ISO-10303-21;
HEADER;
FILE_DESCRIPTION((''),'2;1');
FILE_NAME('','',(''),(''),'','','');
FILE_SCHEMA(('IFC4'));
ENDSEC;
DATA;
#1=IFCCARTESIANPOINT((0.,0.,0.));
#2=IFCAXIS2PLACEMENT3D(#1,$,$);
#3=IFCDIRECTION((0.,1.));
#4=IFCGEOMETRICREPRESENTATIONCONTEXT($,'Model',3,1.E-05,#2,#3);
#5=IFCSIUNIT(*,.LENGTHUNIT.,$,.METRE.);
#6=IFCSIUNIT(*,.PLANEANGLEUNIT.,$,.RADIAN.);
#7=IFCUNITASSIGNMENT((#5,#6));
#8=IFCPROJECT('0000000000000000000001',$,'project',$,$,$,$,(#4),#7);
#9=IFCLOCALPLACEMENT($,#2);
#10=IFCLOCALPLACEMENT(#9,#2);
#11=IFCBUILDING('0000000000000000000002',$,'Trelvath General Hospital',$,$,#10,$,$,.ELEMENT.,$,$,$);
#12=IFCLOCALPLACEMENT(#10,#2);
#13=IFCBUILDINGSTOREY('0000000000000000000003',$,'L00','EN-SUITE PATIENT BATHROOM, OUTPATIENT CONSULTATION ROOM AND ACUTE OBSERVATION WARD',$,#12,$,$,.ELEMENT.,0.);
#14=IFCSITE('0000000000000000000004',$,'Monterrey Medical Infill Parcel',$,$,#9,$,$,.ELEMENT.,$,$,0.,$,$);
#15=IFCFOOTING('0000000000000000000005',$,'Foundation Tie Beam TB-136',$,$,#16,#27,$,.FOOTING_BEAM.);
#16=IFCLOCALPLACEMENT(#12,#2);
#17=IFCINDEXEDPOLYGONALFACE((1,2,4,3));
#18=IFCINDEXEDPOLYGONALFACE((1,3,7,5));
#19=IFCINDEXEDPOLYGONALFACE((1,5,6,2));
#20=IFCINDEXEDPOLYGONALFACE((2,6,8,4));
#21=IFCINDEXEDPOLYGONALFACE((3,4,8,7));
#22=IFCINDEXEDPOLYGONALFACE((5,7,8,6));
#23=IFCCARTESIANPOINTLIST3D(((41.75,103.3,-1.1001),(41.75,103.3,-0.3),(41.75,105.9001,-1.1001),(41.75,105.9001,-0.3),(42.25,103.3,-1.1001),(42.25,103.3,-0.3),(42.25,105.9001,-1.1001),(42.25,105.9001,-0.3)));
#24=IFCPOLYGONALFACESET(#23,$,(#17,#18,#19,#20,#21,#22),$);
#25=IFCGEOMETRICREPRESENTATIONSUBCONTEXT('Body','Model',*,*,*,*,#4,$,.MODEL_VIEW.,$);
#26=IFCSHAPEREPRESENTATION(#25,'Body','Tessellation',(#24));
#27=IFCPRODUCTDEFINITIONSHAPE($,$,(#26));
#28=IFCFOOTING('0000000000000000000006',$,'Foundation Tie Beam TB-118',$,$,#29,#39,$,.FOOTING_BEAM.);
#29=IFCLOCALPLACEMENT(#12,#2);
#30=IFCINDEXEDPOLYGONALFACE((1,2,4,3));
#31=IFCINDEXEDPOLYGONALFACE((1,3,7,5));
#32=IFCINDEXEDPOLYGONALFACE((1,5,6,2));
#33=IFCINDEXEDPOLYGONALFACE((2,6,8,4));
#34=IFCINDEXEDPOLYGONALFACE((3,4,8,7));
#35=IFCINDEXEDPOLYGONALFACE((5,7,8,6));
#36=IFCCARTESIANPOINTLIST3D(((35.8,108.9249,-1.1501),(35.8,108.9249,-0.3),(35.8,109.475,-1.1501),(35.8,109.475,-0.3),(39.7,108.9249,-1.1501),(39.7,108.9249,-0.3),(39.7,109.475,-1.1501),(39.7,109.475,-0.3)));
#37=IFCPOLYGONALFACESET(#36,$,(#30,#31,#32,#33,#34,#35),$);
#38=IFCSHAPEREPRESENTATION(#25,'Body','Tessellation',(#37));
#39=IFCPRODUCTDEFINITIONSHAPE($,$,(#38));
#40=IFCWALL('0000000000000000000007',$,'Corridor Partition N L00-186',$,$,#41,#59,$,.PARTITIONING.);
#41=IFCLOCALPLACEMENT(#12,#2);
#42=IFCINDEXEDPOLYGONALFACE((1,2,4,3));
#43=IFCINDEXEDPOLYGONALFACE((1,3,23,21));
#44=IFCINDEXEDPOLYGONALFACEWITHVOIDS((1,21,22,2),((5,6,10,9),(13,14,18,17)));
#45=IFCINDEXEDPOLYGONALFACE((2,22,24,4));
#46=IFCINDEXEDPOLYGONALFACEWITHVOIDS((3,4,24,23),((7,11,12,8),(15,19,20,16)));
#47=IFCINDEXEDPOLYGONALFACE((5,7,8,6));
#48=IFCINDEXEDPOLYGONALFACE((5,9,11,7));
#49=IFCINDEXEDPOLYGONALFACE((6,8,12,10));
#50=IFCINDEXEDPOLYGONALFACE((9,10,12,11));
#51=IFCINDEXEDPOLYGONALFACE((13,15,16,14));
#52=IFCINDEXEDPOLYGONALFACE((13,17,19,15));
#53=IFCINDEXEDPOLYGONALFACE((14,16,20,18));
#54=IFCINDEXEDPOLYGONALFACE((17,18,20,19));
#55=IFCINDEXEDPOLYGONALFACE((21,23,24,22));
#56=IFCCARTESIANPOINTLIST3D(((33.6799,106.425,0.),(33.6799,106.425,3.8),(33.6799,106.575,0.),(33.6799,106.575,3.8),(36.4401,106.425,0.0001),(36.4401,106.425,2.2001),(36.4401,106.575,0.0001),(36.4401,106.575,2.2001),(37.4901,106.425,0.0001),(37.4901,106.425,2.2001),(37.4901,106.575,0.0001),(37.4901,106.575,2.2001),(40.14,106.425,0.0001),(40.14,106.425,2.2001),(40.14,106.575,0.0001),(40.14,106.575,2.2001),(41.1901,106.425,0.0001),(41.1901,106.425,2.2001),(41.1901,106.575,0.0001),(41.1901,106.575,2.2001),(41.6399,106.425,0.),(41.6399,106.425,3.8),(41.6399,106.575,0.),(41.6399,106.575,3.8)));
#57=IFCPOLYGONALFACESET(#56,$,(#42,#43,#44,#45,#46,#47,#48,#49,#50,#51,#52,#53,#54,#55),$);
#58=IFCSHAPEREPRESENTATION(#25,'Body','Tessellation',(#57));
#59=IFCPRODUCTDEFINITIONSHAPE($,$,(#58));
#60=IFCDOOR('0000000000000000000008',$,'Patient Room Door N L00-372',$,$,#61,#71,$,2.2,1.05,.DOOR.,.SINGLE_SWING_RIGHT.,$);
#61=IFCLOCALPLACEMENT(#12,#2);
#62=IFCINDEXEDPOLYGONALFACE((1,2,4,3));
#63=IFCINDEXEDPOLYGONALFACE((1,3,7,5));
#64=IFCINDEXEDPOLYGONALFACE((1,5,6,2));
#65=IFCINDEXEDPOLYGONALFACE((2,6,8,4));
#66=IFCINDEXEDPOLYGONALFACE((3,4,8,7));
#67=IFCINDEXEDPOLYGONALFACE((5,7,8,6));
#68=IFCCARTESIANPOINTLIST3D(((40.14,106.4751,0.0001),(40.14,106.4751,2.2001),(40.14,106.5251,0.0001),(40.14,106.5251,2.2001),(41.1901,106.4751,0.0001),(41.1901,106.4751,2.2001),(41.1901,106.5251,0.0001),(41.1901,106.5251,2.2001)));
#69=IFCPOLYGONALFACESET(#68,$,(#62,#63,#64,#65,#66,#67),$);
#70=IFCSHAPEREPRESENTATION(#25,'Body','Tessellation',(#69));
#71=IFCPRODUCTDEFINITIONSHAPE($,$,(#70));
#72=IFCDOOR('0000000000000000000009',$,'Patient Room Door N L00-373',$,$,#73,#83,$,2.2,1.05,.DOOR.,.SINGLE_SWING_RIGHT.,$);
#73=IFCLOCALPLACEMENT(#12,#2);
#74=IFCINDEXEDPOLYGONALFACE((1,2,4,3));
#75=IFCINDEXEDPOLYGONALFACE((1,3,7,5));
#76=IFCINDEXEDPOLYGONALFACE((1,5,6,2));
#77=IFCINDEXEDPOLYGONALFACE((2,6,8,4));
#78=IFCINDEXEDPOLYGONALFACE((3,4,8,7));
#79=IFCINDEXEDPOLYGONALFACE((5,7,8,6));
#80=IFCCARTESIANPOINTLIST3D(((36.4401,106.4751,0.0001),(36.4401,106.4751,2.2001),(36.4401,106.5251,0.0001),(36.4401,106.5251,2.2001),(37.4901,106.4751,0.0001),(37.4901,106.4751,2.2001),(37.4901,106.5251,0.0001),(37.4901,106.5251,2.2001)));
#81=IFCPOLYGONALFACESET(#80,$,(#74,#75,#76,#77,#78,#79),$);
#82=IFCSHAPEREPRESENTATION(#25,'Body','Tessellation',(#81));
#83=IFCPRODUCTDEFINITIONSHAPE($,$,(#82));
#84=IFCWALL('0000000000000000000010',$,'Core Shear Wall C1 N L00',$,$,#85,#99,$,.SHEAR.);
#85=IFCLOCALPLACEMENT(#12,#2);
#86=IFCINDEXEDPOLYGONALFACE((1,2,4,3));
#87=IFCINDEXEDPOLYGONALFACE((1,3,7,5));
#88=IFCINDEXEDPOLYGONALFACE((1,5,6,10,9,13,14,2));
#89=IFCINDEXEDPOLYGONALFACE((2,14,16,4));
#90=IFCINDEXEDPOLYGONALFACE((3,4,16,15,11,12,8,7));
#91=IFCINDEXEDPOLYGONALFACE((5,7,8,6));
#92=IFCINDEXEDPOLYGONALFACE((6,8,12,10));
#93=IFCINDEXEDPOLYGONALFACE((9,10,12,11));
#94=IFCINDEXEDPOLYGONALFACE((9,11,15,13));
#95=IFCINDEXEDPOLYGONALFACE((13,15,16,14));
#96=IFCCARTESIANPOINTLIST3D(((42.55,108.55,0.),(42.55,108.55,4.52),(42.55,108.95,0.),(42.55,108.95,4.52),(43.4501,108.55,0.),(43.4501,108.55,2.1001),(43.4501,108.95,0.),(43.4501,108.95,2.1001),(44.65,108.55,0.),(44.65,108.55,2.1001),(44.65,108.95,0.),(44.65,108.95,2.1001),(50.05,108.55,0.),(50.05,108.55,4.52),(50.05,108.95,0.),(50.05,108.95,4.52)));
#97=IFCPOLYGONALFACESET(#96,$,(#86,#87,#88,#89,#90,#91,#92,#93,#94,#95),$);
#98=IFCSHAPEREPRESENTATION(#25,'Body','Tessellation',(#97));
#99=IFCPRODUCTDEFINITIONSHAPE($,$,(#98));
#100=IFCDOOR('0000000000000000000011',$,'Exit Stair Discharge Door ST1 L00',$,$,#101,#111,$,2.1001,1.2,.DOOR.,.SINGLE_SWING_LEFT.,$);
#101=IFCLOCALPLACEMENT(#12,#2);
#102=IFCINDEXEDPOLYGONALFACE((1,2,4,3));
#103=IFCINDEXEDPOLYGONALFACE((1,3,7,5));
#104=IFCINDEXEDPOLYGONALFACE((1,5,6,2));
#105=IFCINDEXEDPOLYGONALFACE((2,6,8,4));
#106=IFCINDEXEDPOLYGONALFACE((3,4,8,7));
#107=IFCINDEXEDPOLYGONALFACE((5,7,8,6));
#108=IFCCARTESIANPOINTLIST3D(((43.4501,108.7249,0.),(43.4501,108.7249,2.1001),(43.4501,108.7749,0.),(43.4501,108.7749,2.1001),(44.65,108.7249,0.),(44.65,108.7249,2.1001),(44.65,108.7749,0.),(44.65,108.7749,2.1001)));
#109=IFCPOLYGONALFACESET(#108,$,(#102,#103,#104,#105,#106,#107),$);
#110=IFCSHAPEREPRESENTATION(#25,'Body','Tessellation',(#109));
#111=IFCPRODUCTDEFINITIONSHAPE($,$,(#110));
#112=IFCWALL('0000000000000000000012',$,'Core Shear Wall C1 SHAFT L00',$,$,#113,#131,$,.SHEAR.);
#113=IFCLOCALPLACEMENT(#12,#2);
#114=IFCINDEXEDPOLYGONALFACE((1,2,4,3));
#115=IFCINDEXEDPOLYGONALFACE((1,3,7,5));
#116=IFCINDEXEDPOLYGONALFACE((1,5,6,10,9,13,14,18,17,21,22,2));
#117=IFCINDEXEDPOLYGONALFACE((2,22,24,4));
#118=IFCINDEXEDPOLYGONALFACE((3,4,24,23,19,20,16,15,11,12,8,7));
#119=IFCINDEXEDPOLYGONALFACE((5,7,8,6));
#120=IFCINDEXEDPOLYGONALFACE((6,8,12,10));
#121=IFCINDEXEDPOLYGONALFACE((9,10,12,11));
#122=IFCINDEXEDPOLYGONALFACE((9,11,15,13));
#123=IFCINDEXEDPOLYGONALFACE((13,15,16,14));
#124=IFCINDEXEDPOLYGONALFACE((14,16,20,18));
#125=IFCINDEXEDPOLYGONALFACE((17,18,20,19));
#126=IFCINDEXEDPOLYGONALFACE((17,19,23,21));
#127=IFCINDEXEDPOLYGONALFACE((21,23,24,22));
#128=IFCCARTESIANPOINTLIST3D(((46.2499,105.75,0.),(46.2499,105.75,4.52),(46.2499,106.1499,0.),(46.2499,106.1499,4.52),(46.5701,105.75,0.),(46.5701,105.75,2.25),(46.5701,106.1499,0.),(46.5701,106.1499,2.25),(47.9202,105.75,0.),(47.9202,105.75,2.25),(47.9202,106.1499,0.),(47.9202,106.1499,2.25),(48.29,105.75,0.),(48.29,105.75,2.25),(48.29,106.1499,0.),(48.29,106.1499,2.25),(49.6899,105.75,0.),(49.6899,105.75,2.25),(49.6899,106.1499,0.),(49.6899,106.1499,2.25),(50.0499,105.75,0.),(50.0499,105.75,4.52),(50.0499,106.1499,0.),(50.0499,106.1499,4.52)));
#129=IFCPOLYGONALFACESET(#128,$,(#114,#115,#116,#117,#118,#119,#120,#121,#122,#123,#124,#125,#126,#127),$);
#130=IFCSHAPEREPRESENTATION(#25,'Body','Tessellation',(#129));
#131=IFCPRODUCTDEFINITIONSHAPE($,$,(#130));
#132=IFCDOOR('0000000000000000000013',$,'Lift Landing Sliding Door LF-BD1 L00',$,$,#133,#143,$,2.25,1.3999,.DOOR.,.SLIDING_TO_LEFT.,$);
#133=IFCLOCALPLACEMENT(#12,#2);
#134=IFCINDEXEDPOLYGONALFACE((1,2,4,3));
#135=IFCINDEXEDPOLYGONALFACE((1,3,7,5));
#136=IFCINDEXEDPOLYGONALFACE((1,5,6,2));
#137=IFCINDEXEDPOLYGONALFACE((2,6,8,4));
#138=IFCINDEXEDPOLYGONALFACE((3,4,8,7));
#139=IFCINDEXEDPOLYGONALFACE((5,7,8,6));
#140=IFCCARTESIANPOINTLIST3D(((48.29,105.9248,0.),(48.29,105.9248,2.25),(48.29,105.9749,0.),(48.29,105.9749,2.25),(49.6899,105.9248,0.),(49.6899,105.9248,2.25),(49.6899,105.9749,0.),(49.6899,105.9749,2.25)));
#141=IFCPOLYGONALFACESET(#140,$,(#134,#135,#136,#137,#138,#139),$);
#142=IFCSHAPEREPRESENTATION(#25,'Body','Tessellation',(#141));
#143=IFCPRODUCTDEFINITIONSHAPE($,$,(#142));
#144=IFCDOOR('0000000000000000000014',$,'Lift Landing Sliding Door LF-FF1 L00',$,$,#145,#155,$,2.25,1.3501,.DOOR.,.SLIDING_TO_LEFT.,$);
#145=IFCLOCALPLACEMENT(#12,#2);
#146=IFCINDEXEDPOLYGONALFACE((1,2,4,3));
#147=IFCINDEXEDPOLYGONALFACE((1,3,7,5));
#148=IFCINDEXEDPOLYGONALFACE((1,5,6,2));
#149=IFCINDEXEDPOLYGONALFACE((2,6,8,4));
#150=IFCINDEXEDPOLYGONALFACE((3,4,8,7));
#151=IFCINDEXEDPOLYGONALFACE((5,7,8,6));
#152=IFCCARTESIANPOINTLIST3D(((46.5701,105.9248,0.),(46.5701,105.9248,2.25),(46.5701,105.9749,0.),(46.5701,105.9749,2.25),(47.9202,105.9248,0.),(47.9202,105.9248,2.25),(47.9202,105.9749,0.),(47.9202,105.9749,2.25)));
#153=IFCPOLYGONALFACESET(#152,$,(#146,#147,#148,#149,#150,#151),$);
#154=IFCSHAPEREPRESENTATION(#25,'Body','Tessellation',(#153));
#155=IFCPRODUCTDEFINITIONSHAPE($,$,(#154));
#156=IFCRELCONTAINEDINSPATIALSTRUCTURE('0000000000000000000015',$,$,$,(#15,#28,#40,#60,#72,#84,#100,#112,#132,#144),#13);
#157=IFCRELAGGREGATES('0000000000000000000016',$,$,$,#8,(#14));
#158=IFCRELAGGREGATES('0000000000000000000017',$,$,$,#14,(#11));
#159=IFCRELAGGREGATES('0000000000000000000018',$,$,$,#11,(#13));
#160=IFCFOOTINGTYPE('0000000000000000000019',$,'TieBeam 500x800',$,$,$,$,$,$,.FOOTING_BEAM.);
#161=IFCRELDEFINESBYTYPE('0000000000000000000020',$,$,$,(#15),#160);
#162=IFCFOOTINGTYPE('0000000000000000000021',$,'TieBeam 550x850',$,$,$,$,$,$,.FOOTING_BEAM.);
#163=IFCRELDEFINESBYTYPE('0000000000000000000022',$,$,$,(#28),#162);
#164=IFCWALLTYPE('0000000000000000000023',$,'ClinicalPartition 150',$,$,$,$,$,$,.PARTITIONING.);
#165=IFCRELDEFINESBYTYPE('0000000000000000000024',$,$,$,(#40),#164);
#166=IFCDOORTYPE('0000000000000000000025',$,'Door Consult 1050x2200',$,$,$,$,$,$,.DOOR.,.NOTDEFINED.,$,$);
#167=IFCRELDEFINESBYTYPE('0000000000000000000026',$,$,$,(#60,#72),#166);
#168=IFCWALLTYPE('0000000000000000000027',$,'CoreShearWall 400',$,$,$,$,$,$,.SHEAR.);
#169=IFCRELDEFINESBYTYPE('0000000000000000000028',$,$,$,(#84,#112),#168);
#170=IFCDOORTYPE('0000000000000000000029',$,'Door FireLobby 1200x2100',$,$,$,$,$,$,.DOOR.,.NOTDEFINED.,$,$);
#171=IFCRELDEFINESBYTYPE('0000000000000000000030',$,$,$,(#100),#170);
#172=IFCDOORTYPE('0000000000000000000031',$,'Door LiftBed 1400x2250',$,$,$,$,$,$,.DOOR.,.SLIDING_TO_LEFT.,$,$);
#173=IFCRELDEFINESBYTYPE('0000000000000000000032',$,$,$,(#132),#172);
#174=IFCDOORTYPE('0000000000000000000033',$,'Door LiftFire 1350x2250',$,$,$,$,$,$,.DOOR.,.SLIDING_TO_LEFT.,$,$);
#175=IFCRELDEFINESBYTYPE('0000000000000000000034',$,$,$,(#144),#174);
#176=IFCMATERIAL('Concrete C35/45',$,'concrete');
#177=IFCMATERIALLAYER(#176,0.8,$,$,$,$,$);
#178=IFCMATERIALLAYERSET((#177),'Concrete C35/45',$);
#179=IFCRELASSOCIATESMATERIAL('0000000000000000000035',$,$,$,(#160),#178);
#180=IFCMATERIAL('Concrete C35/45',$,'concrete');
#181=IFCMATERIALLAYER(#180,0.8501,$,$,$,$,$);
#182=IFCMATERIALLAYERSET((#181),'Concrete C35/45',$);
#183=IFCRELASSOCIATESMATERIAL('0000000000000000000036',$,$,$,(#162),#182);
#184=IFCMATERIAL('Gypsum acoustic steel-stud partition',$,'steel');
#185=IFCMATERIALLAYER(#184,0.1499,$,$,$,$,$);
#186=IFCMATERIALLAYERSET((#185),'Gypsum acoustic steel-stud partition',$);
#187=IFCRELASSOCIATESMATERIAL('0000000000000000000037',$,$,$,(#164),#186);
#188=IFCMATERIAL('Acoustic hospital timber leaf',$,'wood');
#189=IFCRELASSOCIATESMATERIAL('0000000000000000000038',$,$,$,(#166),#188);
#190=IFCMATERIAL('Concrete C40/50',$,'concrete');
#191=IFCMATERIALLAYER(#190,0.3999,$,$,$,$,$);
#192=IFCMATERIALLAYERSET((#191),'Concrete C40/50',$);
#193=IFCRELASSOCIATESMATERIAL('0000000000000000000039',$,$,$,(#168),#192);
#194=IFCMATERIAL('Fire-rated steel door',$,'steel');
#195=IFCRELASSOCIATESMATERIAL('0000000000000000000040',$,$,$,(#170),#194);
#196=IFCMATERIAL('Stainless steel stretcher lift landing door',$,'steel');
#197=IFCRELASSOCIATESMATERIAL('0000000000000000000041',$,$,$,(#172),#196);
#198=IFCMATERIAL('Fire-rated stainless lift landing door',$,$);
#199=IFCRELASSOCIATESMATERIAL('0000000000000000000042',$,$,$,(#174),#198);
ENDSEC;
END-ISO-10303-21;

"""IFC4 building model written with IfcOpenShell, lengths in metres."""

from ifc_helpers import new_model, si_unit, direction, frame, frame_2d, origin, origin_2d, place, context, subcontext, project, spatial, rectangle, extrude, material, layer, layer_set, type_object, element, fill, save


model = new_model("IFC4")

# Units and contexts
model_context = context("Model", 3, precision=1e-05, world=origin(), true_north=direction((0.0, 1.0)))
body_context = subcontext(model_context, "Body", "Model", "MODEL_VIEW")
ifc_project = project(units=[si_unit("LENGTHUNIT", "METRE"), si_unit("PLANEANGLEUNIT", "RADIAN")], contexts=[model_context])

# Site, building, storey
site_placement = place(None, origin())
site = spatial("IfcSite", under=ifc_project, at=site_placement, Name="Monterrey Medical Infill Parcel", CompositionType="ELEMENT", RefElevation=0.0)
building_placement = place(site_placement, origin())
building = spatial("IfcBuilding", under=site, at=building_placement, Name="Trelvath General Hospital", CompositionType="ELEMENT")
storey_placement = place(building_placement, origin())
storey = spatial("IfcBuildingStorey", under=building, at=storey_placement, Name="L00", Description="EN-SUITE PATIENT BATHROOM, OUTPATIENT CONSULTATION ROOM AND ACUTE OBSERVATION WARD", CompositionType="ELEMENT", Elevation=0.0)

# Footings
ifc_material_1 = material(Name="Concrete C35/45", Category="concrete")
ifc_layer_1 = layer(ifc_material_1, 0.8)
ifc_layer_set_1 = layer_set([ifc_layer_1], Name="Concrete C35/45")
footing_type_1 = type_object("IfcFootingType", Name="TieBeam 500x800", PredefinedType="FOOTING_BEAM", material=ifc_layer_set_1)
footing_1_placement = place(storey_placement, frame((42.0, 104.6001, -1.1001), z_axis=(0.0, 0.0, 1.0), x_axis=(1.0, 0.0, 0.0)))
element("IfcFooting", 1, at=footing_1_placement, inside=storey, type_object=footing_type_1, Name="Foundation Tie Beam TB-136", PredefinedType="FOOTING_BEAM", context=body_context, shape_type="SweptSolid", body=[
    extrude(rectangle(XDim=0.5, YDim=2.6001, at=origin_2d()), origin(), (0.0, 0.0, 1.0), 0.8),
])
ifc_material_2 = material(Name="Concrete C35/45", Category="concrete")
ifc_layer_2 = layer(ifc_material_2, 0.8501)
ifc_layer_set_2 = layer_set([ifc_layer_2], Name="Concrete C35/45")
footing_type_2 = type_object("IfcFootingType", Name="TieBeam 550x850", PredefinedType="FOOTING_BEAM", material=ifc_layer_set_2)
footing_2_placement = place(storey_placement, frame((37.75, 109.2, -1.1501), z_axis=(0.0, 0.0, 1.0), x_axis=(1.0, 0.0, 0.0)))
element("IfcFooting", 2, at=footing_2_placement, inside=storey, type_object=footing_type_2, Name="Foundation Tie Beam TB-118", PredefinedType="FOOTING_BEAM", context=body_context, shape_type="SweptSolid", body=[
    extrude(rectangle(XDim=3.8999, YDim=0.55, at=origin_2d()), origin(), (0.0, 0.0, 1.0), 0.8501),
])

# Wall, openings, doors
ifc_material_3 = material(Name="Gypsum acoustic steel-stud partition", Category="steel")
ifc_layer_3 = layer(ifc_material_3, 0.1499)
ifc_layer_set_3 = layer_set([ifc_layer_3], Name="Gypsum acoustic steel-stud partition")
wall_type_1 = type_object("IfcWallType", Name="ClinicalPartition 150", PredefinedType="PARTITIONING", material=ifc_layer_set_3)
wall_1_placement = place(storey_placement, frame((41.6399, 106.5, 0.0), z_axis=(0.0, 0.0, 1.0), x_axis=(-1.0, 0.0, 0.0)))
wall_1 = element("IfcWall", 3, at=wall_1_placement, inside=storey, type_object=wall_type_1, Name="Corridor Partition N L00-186", PredefinedType="PARTITIONING", context=body_context, shape_type="SweptSolid", body=[
    extrude(rectangle(XDim=7.96, YDim=0.1499, at=frame_2d((3.98, 0.0))), origin(), (0.0, 0.0, 1.0), 3.8),
])
opening_1_placement = place(wall_1_placement, frame((0.45, 0.0, 0.0)))
opening_1 = element("IfcOpeningElement", 4, at=opening_1_placement, cuts=wall_1, PredefinedType="OPENING", context=body_context, shape_type="SweptSolid", body=[
    extrude(rectangle(XDim=1.05, YDim=2.2, at=frame_2d((0.5249, 1.1001))), frame((0.0, 0.085, 0.0), z_axis=(0.0, -1.0, 0.0), x_axis=(1.0, 0.0, 0.0)), (0.0, 0.0, 1.0), 0.1699),
])
opening_2_placement = place(wall_1_placement, frame((4.1499, 0.0, 0.0)))
opening_2 = element("IfcOpeningElement", 5, at=opening_2_placement, cuts=wall_1, PredefinedType="OPENING", context=body_context, shape_type="SweptSolid", body=[
    extrude(rectangle(XDim=1.05, YDim=2.2, at=frame_2d((0.5249, 1.1001))), frame((0.0, 0.085, 0.0), z_axis=(0.0, -1.0, 0.0), x_axis=(1.0, 0.0, 0.0)), (0.0, 0.0, 1.0), 0.1699),
])
ifc_material_4 = material(Name="Acoustic hospital timber leaf", Category="wood")
door_type_1 = type_object("IfcDoorType", Name="Door Consult 1050x2200", OperationType="NOTDEFINED", PredefinedType="DOOR", material=ifc_material_4)
door_1_placement = place(opening_1_placement, origin())
door_1 = element("IfcDoor", 6, at=door_1_placement, inside=storey, type_object=door_type_1, Name="Patient Room Door N L00-372", OperationType="SINGLE_SWING_RIGHT", OverallHeight=2.2, OverallWidth=1.05, PredefinedType="DOOR", context=body_context, shape_type="SweptSolid", body=[
    extrude(rectangle(XDim=1.05, YDim=2.2, at=frame_2d((0.5249, 1.1001))), frame((0.0, 0.0249, 0.0), z_axis=(0.0, -1.0, 0.0), x_axis=(1.0, 0.0, 0.0)), (0.0, 0.0, 1.0), 0.05),
])
fill(opening_1, door_1)
door_2_placement = place(opening_2_placement, origin())
door_2 = element("IfcDoor", 7, at=door_2_placement, inside=storey, type_object=door_type_1, Name="Patient Room Door N L00-373", OperationType="SINGLE_SWING_RIGHT", OverallHeight=2.2, OverallWidth=1.05, PredefinedType="DOOR", context=body_context, shape_type="SweptSolid", body=[
    extrude(rectangle(XDim=1.05, YDim=2.2, at=frame_2d((0.5249, 1.1001))), frame((0.0, 0.0249, 0.0), z_axis=(0.0, -1.0, 0.0), x_axis=(1.0, 0.0, 0.0)), (0.0, 0.0, 1.0), 0.05),
])
fill(opening_2, door_2)

# Wall, opening, door
ifc_material_5 = material(Name="Concrete C40/50", Category="concrete")
ifc_layer_4 = layer(ifc_material_5, 0.3999)
ifc_layer_set_4 = layer_set([ifc_layer_4], Name="Concrete C40/50")
wall_type_2 = type_object("IfcWallType", Name="CoreShearWall 400", PredefinedType="SHEAR", material=ifc_layer_set_4)
wall_2_placement = place(storey_placement, frame((42.55, 108.75, 0.0), z_axis=(0.0, 0.0, 1.0), x_axis=(1.0, 0.0, 0.0)))
wall_2 = element("IfcWall", 8, at=wall_2_placement, inside=storey, type_object=wall_type_2, Name="Core Shear Wall C1 N L00", PredefinedType="SHEAR", context=body_context, shape_type="SweptSolid", body=[
    extrude(rectangle(XDim=7.5, YDim=0.3999, at=frame_2d((3.75, 0.0))), origin(), (0.0, 0.0, 1.0), 4.52),
])
opening_3_placement = place(wall_2_placement, frame((0.8999, 0.0, 0.0)))
opening_3 = element("IfcOpeningElement", 9, at=opening_3_placement, cuts=wall_2, PredefinedType="OPENING", context=body_context, shape_type="SweptSolid", body=[
    extrude(rectangle(XDim=1.2, YDim=2.1001, at=frame_2d((0.6001, 1.05))), frame((0.0, 0.21, 0.0), z_axis=(0.0, -1.0, 0.0), x_axis=(1.0, 0.0, 0.0)), (0.0, 0.0, 1.0), 0.4199),
])
ifc_material_6 = material(Name="Fire-rated steel door", Category="steel")
door_type_2 = type_object("IfcDoorType", Name="Door FireLobby 1200x2100", OperationType="NOTDEFINED", PredefinedType="DOOR", material=ifc_material_6)
door_3_placement = place(opening_3_placement, origin())
door_3 = element("IfcDoor", 10, at=door_3_placement, inside=storey, type_object=door_type_2, Name="Exit Stair Discharge Door ST1 L00", OperationType="SINGLE_SWING_LEFT", OverallHeight=2.1001, OverallWidth=1.2, PredefinedType="DOOR", context=body_context, shape_type="SweptSolid", body=[
    extrude(rectangle(XDim=1.2, YDim=2.1001, at=frame_2d((0.6001, 1.05))), frame((0.0, 0.0249, 0.0), z_axis=(0.0, -1.0, 0.0), x_axis=(1.0, 0.0, 0.0)), (0.0, 0.0, 1.0), 0.05),
])
fill(opening_3, door_3)

# Wall, openings, doors
wall_3_placement = place(storey_placement, frame((46.25, 105.95, 0.0), z_axis=(0.0, 0.0, 1.0), x_axis=(1.0, 0.0, 0.0)))
wall_3 = element("IfcWall", 11, at=wall_3_placement, inside=storey, type_object=wall_type_2, Name="Core Shear Wall C1 SHAFT L00", PredefinedType="SHEAR", context=body_context, shape_type="SweptSolid", body=[
    extrude(rectangle(XDim=3.8, YDim=0.3999, at=frame_2d((1.8999, 0.0))), origin(), (0.0, 0.0, 1.0), 4.52),
])
opening_4_placement = place(wall_3_placement, frame((0.3201, 0.0, 0.0)))
opening_4 = element("IfcOpeningElement", 12, at=opening_4_placement, cuts=wall_3, PredefinedType="OPENING", context=body_context, shape_type="SweptSolid", body=[
    extrude(rectangle(XDim=1.3501, YDim=2.25, at=frame_2d((0.675, 1.125))), frame((0.0, 0.21, 0.0), z_axis=(0.0, -1.0, 0.0), x_axis=(1.0, 0.0, 0.0)), (0.0, 0.0, 1.0), 0.4199),
])
opening_5_placement = place(wall_3_placement, frame((2.04, 0.0, 0.0)))
opening_5 = element("IfcOpeningElement", 13, at=opening_5_placement, cuts=wall_3, PredefinedType="OPENING", context=body_context, shape_type="SweptSolid", body=[
    extrude(rectangle(XDim=1.3999, YDim=2.25, at=frame_2d((0.7, 1.125))), frame((0.0, 0.21, 0.0), z_axis=(0.0, -1.0, 0.0), x_axis=(1.0, 0.0, 0.0)), (0.0, 0.0, 1.0), 0.4199),
])
ifc_material_7 = material(Name="Stainless steel stretcher lift landing door", Category="steel")
door_type_3 = type_object("IfcDoorType", Name="Door LiftBed 1400x2250", OperationType="SLIDING_TO_LEFT", PredefinedType="DOOR", material=ifc_material_7)
door_4_placement = place(opening_5_placement, origin())
door_4 = element("IfcDoor", 14, at=door_4_placement, inside=storey, type_object=door_type_3, Name="Lift Landing Sliding Door LF-BD1 L00", OperationType="SLIDING_TO_LEFT", OverallHeight=2.25, OverallWidth=1.3999, PredefinedType="DOOR", context=body_context, shape_type="SweptSolid", body=[
    extrude(rectangle(XDim=1.3999, YDim=2.25, at=frame_2d((0.7, 1.125))), frame((0.0, 0.0249, 0.0), z_axis=(0.0, -1.0, 0.0), x_axis=(1.0, 0.0, 0.0)), (0.0, 0.0, 1.0), 0.05),
])
fill(opening_5, door_4)
ifc_material_8 = material(Name="Fire-rated stainless lift landing door")
door_type_4 = type_object("IfcDoorType", Name="Door LiftFire 1350x2250", OperationType="SLIDING_TO_LEFT", PredefinedType="DOOR", material=ifc_material_8)
door_5_placement = place(opening_4_placement, origin())
door_5 = element("IfcDoor", 15, at=door_5_placement, inside=storey, type_object=door_type_4, Name="Lift Landing Sliding Door LF-FF1 L00", OperationType="SLIDING_TO_LEFT", OverallHeight=2.25, OverallWidth=1.3501, PredefinedType="DOOR", context=body_context, shape_type="SweptSolid", body=[
    extrude(rectangle(XDim=1.3501, YDim=2.25, at=frame_2d((0.675, 1.125))), frame((0.0, 0.0249, 0.0), z_axis=(0.0, -1.0, 0.0), x_axis=(1.0, 0.0, 0.0)), (0.0, 0.0, 1.0), 0.05),
])
fill(opening_4, door_5)

save(model, "model.ifc")
